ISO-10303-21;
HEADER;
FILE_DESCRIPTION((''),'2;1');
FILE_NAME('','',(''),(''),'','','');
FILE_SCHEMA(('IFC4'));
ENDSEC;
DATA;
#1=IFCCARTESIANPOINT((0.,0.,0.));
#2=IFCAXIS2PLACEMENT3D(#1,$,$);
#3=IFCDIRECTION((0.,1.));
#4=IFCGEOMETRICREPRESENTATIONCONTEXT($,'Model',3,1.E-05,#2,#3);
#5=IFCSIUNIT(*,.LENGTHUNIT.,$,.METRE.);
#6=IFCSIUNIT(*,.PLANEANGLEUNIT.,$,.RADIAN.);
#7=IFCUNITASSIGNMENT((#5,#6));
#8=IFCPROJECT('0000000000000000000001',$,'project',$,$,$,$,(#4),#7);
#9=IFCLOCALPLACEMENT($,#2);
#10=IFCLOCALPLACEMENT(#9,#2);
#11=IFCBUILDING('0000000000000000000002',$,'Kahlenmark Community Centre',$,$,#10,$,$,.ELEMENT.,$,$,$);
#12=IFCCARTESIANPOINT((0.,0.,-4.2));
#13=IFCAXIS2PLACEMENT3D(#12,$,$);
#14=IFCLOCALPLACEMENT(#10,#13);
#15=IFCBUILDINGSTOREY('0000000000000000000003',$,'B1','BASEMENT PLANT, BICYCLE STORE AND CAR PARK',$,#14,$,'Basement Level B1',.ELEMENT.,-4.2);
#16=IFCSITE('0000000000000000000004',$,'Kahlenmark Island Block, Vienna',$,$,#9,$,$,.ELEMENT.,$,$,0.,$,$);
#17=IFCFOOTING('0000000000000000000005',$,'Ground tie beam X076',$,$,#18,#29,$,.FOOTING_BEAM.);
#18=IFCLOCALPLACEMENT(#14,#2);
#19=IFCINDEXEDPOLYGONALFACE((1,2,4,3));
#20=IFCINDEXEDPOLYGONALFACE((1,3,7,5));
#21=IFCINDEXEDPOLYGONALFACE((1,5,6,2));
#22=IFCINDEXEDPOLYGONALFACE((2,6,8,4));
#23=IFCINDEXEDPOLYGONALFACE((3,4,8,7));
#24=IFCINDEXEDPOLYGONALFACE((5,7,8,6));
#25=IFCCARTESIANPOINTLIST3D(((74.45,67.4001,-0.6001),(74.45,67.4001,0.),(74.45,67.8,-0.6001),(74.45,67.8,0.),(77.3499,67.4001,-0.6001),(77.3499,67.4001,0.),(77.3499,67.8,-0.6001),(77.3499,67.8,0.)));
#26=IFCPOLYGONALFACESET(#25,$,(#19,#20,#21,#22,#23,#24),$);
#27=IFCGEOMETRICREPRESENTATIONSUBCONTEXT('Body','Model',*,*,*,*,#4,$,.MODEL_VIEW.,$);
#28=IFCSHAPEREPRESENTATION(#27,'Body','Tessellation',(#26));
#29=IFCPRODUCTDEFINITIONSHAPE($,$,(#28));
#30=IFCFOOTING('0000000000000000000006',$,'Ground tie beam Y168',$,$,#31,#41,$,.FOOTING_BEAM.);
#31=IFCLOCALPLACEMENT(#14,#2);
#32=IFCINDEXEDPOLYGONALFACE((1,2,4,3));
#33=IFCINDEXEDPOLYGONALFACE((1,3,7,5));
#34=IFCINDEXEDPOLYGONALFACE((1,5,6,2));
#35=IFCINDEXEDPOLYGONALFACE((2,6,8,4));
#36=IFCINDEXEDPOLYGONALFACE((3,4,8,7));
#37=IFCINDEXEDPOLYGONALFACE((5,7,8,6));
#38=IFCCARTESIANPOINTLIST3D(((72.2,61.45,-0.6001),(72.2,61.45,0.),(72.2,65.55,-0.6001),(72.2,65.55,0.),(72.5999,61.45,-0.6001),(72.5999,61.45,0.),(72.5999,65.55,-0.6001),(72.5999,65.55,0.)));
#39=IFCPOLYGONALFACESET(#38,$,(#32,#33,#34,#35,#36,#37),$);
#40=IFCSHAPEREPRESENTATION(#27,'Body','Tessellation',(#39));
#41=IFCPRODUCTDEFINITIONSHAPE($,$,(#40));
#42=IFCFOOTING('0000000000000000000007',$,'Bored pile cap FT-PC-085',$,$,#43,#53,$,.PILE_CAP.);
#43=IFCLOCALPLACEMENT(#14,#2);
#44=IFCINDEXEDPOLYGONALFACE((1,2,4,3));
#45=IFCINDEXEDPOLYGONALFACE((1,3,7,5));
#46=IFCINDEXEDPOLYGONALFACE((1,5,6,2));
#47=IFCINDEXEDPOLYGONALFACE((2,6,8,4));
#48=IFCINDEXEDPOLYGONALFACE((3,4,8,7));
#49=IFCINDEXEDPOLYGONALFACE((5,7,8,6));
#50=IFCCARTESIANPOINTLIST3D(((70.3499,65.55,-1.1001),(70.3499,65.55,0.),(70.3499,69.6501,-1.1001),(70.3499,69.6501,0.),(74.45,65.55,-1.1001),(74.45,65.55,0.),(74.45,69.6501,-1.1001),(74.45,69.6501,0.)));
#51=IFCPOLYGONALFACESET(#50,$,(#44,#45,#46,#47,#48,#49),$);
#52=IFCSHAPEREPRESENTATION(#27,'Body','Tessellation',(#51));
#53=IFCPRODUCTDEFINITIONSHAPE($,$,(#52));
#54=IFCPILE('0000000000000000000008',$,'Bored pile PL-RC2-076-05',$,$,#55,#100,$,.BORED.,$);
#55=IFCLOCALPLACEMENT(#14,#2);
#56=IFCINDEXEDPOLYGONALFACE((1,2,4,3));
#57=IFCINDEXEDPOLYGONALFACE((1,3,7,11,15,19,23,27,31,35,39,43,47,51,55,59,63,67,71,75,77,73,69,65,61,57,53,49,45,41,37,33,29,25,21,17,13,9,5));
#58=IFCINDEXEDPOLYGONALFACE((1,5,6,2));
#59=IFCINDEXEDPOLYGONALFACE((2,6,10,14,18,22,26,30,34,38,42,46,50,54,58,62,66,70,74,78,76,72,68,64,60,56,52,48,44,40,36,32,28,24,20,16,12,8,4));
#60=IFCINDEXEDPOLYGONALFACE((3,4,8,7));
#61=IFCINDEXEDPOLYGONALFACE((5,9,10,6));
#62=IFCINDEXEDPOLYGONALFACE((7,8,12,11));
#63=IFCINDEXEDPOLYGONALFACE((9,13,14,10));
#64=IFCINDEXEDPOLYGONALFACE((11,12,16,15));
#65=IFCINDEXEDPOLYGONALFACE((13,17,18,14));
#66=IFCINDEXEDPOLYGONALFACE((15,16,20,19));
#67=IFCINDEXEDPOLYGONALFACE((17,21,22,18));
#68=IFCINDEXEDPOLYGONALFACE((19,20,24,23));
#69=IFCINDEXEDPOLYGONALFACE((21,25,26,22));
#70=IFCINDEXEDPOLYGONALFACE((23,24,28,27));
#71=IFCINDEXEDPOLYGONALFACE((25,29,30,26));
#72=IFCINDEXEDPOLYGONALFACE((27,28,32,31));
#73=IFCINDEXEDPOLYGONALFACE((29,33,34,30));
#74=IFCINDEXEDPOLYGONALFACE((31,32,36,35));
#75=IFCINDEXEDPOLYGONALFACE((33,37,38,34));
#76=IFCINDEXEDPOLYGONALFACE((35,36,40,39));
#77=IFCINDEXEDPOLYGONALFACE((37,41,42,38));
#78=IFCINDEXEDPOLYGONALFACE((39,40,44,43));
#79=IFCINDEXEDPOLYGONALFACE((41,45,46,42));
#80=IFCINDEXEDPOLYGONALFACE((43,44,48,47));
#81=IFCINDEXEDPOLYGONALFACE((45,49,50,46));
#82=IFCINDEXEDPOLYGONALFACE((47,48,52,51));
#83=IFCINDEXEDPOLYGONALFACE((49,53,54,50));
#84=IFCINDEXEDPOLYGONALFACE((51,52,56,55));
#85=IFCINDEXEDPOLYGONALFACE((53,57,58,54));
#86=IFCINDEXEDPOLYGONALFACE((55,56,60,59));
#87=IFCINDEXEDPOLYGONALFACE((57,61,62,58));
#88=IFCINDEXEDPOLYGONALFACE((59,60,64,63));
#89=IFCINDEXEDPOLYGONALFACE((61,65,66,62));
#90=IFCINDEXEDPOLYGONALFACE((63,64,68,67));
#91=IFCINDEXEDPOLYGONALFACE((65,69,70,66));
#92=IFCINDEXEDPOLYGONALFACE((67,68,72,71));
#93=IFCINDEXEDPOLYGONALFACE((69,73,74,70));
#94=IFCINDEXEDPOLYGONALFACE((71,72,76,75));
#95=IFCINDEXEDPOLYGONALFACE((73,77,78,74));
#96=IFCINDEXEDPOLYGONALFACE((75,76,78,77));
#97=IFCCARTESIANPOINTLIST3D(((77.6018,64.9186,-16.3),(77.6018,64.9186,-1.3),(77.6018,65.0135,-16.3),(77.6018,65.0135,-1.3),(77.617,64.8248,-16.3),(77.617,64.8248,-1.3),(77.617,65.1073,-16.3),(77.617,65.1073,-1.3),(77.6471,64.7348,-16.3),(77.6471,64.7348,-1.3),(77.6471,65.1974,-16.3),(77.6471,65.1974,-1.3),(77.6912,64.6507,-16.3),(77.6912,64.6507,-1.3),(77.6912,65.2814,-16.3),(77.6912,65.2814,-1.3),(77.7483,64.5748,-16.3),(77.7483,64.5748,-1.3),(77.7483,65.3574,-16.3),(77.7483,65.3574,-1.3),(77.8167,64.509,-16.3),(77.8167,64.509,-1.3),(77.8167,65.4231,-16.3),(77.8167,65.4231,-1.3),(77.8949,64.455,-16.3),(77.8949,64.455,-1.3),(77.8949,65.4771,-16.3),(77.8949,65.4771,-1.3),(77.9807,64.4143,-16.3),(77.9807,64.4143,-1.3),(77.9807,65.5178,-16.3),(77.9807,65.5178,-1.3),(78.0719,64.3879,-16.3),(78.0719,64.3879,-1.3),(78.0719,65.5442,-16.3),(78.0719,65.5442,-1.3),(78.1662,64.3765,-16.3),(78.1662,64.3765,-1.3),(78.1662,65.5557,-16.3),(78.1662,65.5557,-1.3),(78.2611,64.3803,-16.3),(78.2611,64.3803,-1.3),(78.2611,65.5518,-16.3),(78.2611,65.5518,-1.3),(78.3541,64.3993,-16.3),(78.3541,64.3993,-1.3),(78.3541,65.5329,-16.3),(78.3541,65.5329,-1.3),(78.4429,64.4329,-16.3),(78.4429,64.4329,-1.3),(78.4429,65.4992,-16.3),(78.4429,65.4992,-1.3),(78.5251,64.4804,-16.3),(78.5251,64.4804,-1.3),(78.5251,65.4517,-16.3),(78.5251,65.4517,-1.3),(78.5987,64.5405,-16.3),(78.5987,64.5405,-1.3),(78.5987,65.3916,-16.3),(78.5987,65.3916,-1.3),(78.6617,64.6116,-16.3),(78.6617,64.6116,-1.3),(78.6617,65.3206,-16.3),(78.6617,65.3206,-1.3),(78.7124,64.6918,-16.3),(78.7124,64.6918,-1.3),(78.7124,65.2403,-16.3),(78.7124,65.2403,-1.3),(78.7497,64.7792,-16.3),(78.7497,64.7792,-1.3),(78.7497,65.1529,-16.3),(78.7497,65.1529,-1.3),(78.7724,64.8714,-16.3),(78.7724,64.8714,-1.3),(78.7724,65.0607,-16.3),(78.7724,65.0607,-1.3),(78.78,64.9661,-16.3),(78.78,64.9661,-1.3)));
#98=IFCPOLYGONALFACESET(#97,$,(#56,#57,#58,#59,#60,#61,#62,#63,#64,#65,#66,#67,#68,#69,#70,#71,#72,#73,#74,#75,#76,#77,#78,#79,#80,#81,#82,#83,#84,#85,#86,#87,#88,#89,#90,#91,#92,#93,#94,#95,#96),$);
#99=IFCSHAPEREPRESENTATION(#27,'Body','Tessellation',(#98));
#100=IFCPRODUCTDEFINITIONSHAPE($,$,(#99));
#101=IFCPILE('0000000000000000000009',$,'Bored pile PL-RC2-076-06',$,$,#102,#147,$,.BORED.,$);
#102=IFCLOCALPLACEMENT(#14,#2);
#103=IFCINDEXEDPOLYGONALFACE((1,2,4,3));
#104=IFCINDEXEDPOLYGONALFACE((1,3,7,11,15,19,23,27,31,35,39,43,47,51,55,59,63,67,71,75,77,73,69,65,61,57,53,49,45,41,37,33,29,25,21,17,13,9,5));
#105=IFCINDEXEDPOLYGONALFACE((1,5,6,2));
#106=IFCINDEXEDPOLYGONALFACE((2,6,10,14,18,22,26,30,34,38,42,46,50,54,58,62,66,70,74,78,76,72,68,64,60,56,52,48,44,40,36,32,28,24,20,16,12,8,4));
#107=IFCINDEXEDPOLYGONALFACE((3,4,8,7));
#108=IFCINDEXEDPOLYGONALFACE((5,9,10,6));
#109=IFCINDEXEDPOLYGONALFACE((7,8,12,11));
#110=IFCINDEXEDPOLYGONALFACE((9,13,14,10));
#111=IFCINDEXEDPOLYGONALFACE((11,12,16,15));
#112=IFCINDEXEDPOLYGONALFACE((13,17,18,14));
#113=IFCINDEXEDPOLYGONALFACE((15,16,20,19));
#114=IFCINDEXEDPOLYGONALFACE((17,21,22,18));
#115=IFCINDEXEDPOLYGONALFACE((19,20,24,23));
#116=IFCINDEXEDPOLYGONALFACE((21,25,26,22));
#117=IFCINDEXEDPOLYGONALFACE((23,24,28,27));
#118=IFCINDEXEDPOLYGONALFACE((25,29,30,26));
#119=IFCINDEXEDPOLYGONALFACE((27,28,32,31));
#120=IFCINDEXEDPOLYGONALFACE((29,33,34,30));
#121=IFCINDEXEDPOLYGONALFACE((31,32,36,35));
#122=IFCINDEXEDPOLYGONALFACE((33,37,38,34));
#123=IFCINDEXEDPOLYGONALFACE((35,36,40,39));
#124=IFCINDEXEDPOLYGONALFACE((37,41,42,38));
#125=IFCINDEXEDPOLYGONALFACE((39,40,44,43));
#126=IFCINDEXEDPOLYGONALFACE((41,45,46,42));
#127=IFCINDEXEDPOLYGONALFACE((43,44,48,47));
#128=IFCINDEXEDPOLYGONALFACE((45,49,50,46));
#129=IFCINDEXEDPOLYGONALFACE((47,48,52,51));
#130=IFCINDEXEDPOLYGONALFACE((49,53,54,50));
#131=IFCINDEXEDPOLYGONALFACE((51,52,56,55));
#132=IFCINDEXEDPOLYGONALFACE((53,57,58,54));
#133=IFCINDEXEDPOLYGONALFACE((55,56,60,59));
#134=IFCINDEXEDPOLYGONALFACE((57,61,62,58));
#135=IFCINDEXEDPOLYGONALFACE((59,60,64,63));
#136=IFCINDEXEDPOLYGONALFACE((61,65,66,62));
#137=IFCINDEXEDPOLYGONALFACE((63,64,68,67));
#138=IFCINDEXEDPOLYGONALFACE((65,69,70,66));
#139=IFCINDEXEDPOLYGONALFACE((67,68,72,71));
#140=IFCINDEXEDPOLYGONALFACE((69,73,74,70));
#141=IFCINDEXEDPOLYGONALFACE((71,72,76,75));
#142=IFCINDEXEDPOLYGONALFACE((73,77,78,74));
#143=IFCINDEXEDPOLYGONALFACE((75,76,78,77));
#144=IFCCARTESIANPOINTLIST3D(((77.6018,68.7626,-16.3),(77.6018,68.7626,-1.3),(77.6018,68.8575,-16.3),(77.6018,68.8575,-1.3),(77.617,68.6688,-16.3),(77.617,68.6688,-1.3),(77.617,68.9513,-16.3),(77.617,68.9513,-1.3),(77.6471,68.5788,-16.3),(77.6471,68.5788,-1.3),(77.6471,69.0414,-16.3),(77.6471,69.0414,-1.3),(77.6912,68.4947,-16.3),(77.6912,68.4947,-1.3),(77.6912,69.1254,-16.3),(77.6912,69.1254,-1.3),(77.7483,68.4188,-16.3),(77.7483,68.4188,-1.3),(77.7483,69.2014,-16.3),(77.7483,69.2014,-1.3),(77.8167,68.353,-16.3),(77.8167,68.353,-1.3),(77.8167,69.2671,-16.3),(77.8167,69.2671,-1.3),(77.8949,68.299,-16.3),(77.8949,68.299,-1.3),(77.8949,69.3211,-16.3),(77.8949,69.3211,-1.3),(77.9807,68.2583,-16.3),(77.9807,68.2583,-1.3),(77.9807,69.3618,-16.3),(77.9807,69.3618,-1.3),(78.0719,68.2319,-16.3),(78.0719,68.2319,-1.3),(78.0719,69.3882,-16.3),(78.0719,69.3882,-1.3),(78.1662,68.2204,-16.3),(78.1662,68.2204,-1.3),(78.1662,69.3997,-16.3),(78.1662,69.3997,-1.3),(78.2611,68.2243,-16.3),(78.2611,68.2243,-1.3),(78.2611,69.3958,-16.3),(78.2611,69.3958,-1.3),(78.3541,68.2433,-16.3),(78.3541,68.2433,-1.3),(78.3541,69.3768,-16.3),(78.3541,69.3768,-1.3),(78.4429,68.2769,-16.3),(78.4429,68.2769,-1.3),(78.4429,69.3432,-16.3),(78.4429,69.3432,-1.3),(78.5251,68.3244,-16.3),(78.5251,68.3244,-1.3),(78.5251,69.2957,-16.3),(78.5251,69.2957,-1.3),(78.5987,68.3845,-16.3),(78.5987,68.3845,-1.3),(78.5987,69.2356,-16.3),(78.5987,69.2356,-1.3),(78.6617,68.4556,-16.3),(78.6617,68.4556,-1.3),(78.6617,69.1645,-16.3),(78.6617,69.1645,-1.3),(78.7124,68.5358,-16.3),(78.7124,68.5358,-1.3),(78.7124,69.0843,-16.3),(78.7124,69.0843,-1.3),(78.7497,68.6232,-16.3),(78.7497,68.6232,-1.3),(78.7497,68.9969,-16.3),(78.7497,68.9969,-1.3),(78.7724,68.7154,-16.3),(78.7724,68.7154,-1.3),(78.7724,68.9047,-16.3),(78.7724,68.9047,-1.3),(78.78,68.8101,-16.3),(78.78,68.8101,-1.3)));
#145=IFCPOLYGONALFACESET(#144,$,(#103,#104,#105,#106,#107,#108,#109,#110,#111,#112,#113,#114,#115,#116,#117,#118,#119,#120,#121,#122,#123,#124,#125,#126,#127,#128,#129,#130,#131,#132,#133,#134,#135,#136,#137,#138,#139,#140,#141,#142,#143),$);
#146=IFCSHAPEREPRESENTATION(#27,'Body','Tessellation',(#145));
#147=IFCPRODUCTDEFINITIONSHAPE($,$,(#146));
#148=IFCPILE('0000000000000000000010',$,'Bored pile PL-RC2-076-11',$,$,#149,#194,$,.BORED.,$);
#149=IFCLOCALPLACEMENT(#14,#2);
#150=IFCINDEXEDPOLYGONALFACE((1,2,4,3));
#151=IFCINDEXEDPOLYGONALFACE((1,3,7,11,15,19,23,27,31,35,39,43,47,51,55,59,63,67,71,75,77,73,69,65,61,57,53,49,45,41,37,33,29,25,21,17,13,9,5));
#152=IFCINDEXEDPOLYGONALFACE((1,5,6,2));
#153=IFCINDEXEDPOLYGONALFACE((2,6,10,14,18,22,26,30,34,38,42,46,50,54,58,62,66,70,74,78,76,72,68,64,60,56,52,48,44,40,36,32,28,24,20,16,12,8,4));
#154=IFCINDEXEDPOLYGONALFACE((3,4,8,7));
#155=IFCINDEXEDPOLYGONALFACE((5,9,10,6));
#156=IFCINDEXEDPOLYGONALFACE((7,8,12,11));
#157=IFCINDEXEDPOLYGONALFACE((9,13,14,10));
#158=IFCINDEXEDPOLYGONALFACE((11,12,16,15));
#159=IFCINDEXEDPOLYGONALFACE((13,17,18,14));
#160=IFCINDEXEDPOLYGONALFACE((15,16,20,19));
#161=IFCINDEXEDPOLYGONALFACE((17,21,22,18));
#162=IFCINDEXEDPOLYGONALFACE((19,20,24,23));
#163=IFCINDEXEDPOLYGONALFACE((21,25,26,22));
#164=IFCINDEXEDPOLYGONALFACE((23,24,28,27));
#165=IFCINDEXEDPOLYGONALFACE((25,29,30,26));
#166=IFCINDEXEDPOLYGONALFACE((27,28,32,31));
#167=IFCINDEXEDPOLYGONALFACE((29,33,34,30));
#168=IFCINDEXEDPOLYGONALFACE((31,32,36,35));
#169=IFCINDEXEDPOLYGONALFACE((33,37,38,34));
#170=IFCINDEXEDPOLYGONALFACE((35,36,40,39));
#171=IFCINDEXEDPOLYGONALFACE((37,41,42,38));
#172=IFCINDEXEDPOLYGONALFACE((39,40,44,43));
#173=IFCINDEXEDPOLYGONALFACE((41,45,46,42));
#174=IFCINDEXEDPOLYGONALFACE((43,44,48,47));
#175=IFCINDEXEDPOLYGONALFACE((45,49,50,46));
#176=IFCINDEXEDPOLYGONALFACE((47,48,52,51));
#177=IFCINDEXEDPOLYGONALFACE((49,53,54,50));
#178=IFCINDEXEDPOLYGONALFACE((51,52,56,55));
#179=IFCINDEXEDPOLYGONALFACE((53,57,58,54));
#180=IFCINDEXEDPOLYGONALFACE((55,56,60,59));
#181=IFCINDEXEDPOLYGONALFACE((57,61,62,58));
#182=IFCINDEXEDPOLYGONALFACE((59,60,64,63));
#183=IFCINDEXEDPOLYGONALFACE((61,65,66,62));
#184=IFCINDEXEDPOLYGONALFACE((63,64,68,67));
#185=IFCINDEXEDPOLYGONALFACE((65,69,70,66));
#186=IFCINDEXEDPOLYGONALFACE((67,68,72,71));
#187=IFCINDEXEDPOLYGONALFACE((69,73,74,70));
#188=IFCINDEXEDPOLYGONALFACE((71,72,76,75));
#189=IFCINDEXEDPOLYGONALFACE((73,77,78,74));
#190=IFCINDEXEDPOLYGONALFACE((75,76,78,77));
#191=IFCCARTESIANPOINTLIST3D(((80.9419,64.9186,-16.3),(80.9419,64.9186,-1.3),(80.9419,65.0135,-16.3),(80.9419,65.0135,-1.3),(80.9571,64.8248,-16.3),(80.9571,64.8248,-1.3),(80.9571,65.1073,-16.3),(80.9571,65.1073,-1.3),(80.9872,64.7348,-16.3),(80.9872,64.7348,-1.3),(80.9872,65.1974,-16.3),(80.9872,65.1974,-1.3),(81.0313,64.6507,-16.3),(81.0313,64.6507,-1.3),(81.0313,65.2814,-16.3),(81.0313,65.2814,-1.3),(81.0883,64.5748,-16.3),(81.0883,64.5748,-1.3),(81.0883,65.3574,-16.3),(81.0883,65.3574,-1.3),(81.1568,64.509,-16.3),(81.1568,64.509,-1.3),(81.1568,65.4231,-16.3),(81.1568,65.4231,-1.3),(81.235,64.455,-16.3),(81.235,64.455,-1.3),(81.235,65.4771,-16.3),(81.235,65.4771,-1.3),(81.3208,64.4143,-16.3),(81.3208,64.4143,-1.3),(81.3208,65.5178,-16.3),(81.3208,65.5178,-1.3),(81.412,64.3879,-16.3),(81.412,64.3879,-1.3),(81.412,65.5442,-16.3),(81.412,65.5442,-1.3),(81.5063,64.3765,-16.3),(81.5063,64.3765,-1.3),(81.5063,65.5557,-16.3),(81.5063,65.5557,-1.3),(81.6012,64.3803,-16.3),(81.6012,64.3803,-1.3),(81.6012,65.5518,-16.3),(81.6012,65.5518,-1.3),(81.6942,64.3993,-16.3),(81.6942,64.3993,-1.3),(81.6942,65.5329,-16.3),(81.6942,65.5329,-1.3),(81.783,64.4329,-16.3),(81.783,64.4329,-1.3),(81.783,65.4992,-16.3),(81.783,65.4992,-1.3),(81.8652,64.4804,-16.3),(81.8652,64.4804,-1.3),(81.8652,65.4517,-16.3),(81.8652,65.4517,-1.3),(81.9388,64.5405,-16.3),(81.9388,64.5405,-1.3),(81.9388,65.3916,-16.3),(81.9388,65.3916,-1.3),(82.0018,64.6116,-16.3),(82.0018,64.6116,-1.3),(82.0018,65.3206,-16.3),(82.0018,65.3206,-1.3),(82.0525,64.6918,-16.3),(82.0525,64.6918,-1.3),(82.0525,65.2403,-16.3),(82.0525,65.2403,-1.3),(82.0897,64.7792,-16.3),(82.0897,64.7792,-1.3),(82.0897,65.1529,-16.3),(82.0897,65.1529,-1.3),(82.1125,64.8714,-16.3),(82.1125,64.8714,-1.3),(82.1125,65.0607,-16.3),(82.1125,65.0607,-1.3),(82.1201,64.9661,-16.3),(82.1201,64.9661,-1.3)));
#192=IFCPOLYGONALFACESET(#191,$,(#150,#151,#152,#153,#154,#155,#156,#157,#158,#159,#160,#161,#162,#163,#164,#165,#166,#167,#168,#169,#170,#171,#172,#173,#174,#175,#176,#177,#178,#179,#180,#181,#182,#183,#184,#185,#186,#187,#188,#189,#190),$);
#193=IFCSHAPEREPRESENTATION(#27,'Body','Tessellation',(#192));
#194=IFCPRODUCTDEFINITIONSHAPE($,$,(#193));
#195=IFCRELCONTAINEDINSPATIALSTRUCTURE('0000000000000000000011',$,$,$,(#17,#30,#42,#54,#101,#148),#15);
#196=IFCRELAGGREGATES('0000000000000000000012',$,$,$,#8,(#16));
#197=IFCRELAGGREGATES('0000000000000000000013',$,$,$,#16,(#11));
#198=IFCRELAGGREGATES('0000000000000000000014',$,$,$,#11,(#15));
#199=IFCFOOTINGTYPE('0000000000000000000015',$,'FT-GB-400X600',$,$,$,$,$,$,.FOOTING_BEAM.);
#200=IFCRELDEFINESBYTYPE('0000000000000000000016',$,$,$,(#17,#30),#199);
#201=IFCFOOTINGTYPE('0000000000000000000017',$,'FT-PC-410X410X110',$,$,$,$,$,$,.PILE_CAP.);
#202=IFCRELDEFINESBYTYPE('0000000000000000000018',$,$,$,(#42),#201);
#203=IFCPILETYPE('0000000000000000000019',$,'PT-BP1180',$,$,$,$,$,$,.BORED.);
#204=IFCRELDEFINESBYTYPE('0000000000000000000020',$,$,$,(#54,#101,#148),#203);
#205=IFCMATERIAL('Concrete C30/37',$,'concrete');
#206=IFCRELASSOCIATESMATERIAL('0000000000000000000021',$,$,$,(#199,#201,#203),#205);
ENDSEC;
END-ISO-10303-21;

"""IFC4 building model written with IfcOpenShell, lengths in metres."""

from ifc_helpers import new_model, si_unit, direction, frame, origin, origin_2d, place, context, subcontext, project, spatial, rectangle, circle, extrude, material, material_profile, profile_set, type_object, element, save


model = new_model("IFC4")

# Units and contexts
model_context = context("Model", 3, precision=1e-05, world=origin(), true_north=direction((0.0, 1.0)))
body_context = subcontext(model_context, "Body", "Model", "MODEL_VIEW")
ifc_project = project(units=[si_unit("LENGTHUNIT", "METRE"), si_unit("PLANEANGLEUNIT", "RADIAN")], contexts=[model_context])

# Site, building, storey
site_placement = place(None, origin())
site = spatial("IfcSite", under=ifc_project, at=site_placement, Name="Kahlenmark Island Block, Vienna", CompositionType="ELEMENT", RefElevation=0.0)
building_placement = place(site_placement, origin())
building = spatial("IfcBuilding", under=site, at=building_placement, Name="Kahlenmark Community Centre", CompositionType="ELEMENT")
storey_placement = place(building_placement, frame((0.0, 0.0, -4.2)))
storey = spatial("IfcBuildingStorey", under=building, at=storey_placement, Name="B1", Description="BASEMENT PLANT, BICYCLE STORE AND CAR PARK", LongName="Basement Level B1", CompositionType="ELEMENT", Elevation=-4.2)

# Footings
ifc_material_1 = material(Name="Concrete C30/37", Category="concrete")
footing_type_1 = type_object("IfcFootingType", Name="FT-GB-400X600", PredefinedType="FOOTING_BEAM", material=ifc_material_1)
footing_1_placement = place(storey_placement, frame((75.8999, 67.6001, -0.6001), z_axis=(0.0, 0.0, 1.0), x_axis=(1.0, 0.0, 0.0)))
element("IfcFooting", 1, at=footing_1_placement, inside=storey, type_object=footing_type_1, Name="Ground tie beam X076", PredefinedType="FOOTING_BEAM", context=body_context, shape_type="SweptSolid", body=[
    extrude(rectangle(XDim=2.8999, YDim=0.3999, at=origin_2d()), origin(), (0.0, 0.0, 1.0), 0.6001),
])
footing_2_placement = place(storey_placement, frame((72.3999, 63.5, -0.6001), z_axis=(0.0, 0.0, 1.0), x_axis=(1.0, 0.0, 0.0)))
element("IfcFooting", 2, at=footing_2_placement, inside=storey, type_object=footing_type_1, Name="Ground tie beam Y168", PredefinedType="FOOTING_BEAM", context=body_context, shape_type="SweptSolid", body=[
    extrude(rectangle(XDim=0.3999, YDim=4.1001, at=origin_2d()), origin(), (0.0, 0.0, 1.0), 0.6001),
])
footing_type_2 = type_object("IfcFootingType", Name="FT-PC-410X410X110", PredefinedType="PILE_CAP", material=ifc_material_1)
footing_3_placement = place(storey_placement, frame((72.3999, 67.6001, -1.1001), z_axis=(0.0, 0.0, 1.0), x_axis=(1.0, 0.0, 0.0)))
element("IfcFooting", 3, at=footing_3_placement, inside=storey, type_object=footing_type_2, Name="Bored pile cap FT-PC-085", PredefinedType="PILE_CAP", context=body_context, shape_type="SweptSolid", body=[
    extrude(rectangle(XDim=4.1001, YDim=4.1001, at=origin_2d()), origin(), (0.0, 0.0, 1.0), 1.1001),
])

# Piles
ifc_material_profile_1 = material_profile(ifc_material_1, circle(Radius=0.5901, at=origin_2d()), Name="BORED PILE 1180")
ifc_profile_set_1 = profile_set([ifc_material_profile_1], Name="Concrete C30/37")
pile_type_1 = type_object("IfcPileType", Name="PT-BP1180", PredefinedType="BORED", material=ifc_profile_set_1)
for number, where, z_axis, x_axis, name in (
    (4, (78.1899, 64.9661, -1.3), (0.0, 0.0, -1.0), (1.0, 0.0, 0.0), "Bored pile PL-RC2-076-05"),
    (5, (78.1899, 68.8101, -1.3), (0.0, 0.0, -1.0), (1.0, 0.0, 0.0), "Bored pile PL-RC2-076-06"),
    (6, (81.53, 64.9661, -1.3), (0.0, 0.0, -1.0), (1.0, 0.0, 0.0), "Bored pile PL-RC2-076-11"),
):
    element("IfcPile", number, at=place(storey_placement, frame(where, z_axis=z_axis, x_axis=x_axis)), inside=storey, type_object=pile_type_1, Name=name, PredefinedType="BORED", context=body_context, shape_type="SweptSolid", body=[
        extrude(circle(Radius=0.5901, at=origin_2d()), origin(), (0.0, 0.0, 1.0), 15.0),
    ])

save(model, "model.ifc")
